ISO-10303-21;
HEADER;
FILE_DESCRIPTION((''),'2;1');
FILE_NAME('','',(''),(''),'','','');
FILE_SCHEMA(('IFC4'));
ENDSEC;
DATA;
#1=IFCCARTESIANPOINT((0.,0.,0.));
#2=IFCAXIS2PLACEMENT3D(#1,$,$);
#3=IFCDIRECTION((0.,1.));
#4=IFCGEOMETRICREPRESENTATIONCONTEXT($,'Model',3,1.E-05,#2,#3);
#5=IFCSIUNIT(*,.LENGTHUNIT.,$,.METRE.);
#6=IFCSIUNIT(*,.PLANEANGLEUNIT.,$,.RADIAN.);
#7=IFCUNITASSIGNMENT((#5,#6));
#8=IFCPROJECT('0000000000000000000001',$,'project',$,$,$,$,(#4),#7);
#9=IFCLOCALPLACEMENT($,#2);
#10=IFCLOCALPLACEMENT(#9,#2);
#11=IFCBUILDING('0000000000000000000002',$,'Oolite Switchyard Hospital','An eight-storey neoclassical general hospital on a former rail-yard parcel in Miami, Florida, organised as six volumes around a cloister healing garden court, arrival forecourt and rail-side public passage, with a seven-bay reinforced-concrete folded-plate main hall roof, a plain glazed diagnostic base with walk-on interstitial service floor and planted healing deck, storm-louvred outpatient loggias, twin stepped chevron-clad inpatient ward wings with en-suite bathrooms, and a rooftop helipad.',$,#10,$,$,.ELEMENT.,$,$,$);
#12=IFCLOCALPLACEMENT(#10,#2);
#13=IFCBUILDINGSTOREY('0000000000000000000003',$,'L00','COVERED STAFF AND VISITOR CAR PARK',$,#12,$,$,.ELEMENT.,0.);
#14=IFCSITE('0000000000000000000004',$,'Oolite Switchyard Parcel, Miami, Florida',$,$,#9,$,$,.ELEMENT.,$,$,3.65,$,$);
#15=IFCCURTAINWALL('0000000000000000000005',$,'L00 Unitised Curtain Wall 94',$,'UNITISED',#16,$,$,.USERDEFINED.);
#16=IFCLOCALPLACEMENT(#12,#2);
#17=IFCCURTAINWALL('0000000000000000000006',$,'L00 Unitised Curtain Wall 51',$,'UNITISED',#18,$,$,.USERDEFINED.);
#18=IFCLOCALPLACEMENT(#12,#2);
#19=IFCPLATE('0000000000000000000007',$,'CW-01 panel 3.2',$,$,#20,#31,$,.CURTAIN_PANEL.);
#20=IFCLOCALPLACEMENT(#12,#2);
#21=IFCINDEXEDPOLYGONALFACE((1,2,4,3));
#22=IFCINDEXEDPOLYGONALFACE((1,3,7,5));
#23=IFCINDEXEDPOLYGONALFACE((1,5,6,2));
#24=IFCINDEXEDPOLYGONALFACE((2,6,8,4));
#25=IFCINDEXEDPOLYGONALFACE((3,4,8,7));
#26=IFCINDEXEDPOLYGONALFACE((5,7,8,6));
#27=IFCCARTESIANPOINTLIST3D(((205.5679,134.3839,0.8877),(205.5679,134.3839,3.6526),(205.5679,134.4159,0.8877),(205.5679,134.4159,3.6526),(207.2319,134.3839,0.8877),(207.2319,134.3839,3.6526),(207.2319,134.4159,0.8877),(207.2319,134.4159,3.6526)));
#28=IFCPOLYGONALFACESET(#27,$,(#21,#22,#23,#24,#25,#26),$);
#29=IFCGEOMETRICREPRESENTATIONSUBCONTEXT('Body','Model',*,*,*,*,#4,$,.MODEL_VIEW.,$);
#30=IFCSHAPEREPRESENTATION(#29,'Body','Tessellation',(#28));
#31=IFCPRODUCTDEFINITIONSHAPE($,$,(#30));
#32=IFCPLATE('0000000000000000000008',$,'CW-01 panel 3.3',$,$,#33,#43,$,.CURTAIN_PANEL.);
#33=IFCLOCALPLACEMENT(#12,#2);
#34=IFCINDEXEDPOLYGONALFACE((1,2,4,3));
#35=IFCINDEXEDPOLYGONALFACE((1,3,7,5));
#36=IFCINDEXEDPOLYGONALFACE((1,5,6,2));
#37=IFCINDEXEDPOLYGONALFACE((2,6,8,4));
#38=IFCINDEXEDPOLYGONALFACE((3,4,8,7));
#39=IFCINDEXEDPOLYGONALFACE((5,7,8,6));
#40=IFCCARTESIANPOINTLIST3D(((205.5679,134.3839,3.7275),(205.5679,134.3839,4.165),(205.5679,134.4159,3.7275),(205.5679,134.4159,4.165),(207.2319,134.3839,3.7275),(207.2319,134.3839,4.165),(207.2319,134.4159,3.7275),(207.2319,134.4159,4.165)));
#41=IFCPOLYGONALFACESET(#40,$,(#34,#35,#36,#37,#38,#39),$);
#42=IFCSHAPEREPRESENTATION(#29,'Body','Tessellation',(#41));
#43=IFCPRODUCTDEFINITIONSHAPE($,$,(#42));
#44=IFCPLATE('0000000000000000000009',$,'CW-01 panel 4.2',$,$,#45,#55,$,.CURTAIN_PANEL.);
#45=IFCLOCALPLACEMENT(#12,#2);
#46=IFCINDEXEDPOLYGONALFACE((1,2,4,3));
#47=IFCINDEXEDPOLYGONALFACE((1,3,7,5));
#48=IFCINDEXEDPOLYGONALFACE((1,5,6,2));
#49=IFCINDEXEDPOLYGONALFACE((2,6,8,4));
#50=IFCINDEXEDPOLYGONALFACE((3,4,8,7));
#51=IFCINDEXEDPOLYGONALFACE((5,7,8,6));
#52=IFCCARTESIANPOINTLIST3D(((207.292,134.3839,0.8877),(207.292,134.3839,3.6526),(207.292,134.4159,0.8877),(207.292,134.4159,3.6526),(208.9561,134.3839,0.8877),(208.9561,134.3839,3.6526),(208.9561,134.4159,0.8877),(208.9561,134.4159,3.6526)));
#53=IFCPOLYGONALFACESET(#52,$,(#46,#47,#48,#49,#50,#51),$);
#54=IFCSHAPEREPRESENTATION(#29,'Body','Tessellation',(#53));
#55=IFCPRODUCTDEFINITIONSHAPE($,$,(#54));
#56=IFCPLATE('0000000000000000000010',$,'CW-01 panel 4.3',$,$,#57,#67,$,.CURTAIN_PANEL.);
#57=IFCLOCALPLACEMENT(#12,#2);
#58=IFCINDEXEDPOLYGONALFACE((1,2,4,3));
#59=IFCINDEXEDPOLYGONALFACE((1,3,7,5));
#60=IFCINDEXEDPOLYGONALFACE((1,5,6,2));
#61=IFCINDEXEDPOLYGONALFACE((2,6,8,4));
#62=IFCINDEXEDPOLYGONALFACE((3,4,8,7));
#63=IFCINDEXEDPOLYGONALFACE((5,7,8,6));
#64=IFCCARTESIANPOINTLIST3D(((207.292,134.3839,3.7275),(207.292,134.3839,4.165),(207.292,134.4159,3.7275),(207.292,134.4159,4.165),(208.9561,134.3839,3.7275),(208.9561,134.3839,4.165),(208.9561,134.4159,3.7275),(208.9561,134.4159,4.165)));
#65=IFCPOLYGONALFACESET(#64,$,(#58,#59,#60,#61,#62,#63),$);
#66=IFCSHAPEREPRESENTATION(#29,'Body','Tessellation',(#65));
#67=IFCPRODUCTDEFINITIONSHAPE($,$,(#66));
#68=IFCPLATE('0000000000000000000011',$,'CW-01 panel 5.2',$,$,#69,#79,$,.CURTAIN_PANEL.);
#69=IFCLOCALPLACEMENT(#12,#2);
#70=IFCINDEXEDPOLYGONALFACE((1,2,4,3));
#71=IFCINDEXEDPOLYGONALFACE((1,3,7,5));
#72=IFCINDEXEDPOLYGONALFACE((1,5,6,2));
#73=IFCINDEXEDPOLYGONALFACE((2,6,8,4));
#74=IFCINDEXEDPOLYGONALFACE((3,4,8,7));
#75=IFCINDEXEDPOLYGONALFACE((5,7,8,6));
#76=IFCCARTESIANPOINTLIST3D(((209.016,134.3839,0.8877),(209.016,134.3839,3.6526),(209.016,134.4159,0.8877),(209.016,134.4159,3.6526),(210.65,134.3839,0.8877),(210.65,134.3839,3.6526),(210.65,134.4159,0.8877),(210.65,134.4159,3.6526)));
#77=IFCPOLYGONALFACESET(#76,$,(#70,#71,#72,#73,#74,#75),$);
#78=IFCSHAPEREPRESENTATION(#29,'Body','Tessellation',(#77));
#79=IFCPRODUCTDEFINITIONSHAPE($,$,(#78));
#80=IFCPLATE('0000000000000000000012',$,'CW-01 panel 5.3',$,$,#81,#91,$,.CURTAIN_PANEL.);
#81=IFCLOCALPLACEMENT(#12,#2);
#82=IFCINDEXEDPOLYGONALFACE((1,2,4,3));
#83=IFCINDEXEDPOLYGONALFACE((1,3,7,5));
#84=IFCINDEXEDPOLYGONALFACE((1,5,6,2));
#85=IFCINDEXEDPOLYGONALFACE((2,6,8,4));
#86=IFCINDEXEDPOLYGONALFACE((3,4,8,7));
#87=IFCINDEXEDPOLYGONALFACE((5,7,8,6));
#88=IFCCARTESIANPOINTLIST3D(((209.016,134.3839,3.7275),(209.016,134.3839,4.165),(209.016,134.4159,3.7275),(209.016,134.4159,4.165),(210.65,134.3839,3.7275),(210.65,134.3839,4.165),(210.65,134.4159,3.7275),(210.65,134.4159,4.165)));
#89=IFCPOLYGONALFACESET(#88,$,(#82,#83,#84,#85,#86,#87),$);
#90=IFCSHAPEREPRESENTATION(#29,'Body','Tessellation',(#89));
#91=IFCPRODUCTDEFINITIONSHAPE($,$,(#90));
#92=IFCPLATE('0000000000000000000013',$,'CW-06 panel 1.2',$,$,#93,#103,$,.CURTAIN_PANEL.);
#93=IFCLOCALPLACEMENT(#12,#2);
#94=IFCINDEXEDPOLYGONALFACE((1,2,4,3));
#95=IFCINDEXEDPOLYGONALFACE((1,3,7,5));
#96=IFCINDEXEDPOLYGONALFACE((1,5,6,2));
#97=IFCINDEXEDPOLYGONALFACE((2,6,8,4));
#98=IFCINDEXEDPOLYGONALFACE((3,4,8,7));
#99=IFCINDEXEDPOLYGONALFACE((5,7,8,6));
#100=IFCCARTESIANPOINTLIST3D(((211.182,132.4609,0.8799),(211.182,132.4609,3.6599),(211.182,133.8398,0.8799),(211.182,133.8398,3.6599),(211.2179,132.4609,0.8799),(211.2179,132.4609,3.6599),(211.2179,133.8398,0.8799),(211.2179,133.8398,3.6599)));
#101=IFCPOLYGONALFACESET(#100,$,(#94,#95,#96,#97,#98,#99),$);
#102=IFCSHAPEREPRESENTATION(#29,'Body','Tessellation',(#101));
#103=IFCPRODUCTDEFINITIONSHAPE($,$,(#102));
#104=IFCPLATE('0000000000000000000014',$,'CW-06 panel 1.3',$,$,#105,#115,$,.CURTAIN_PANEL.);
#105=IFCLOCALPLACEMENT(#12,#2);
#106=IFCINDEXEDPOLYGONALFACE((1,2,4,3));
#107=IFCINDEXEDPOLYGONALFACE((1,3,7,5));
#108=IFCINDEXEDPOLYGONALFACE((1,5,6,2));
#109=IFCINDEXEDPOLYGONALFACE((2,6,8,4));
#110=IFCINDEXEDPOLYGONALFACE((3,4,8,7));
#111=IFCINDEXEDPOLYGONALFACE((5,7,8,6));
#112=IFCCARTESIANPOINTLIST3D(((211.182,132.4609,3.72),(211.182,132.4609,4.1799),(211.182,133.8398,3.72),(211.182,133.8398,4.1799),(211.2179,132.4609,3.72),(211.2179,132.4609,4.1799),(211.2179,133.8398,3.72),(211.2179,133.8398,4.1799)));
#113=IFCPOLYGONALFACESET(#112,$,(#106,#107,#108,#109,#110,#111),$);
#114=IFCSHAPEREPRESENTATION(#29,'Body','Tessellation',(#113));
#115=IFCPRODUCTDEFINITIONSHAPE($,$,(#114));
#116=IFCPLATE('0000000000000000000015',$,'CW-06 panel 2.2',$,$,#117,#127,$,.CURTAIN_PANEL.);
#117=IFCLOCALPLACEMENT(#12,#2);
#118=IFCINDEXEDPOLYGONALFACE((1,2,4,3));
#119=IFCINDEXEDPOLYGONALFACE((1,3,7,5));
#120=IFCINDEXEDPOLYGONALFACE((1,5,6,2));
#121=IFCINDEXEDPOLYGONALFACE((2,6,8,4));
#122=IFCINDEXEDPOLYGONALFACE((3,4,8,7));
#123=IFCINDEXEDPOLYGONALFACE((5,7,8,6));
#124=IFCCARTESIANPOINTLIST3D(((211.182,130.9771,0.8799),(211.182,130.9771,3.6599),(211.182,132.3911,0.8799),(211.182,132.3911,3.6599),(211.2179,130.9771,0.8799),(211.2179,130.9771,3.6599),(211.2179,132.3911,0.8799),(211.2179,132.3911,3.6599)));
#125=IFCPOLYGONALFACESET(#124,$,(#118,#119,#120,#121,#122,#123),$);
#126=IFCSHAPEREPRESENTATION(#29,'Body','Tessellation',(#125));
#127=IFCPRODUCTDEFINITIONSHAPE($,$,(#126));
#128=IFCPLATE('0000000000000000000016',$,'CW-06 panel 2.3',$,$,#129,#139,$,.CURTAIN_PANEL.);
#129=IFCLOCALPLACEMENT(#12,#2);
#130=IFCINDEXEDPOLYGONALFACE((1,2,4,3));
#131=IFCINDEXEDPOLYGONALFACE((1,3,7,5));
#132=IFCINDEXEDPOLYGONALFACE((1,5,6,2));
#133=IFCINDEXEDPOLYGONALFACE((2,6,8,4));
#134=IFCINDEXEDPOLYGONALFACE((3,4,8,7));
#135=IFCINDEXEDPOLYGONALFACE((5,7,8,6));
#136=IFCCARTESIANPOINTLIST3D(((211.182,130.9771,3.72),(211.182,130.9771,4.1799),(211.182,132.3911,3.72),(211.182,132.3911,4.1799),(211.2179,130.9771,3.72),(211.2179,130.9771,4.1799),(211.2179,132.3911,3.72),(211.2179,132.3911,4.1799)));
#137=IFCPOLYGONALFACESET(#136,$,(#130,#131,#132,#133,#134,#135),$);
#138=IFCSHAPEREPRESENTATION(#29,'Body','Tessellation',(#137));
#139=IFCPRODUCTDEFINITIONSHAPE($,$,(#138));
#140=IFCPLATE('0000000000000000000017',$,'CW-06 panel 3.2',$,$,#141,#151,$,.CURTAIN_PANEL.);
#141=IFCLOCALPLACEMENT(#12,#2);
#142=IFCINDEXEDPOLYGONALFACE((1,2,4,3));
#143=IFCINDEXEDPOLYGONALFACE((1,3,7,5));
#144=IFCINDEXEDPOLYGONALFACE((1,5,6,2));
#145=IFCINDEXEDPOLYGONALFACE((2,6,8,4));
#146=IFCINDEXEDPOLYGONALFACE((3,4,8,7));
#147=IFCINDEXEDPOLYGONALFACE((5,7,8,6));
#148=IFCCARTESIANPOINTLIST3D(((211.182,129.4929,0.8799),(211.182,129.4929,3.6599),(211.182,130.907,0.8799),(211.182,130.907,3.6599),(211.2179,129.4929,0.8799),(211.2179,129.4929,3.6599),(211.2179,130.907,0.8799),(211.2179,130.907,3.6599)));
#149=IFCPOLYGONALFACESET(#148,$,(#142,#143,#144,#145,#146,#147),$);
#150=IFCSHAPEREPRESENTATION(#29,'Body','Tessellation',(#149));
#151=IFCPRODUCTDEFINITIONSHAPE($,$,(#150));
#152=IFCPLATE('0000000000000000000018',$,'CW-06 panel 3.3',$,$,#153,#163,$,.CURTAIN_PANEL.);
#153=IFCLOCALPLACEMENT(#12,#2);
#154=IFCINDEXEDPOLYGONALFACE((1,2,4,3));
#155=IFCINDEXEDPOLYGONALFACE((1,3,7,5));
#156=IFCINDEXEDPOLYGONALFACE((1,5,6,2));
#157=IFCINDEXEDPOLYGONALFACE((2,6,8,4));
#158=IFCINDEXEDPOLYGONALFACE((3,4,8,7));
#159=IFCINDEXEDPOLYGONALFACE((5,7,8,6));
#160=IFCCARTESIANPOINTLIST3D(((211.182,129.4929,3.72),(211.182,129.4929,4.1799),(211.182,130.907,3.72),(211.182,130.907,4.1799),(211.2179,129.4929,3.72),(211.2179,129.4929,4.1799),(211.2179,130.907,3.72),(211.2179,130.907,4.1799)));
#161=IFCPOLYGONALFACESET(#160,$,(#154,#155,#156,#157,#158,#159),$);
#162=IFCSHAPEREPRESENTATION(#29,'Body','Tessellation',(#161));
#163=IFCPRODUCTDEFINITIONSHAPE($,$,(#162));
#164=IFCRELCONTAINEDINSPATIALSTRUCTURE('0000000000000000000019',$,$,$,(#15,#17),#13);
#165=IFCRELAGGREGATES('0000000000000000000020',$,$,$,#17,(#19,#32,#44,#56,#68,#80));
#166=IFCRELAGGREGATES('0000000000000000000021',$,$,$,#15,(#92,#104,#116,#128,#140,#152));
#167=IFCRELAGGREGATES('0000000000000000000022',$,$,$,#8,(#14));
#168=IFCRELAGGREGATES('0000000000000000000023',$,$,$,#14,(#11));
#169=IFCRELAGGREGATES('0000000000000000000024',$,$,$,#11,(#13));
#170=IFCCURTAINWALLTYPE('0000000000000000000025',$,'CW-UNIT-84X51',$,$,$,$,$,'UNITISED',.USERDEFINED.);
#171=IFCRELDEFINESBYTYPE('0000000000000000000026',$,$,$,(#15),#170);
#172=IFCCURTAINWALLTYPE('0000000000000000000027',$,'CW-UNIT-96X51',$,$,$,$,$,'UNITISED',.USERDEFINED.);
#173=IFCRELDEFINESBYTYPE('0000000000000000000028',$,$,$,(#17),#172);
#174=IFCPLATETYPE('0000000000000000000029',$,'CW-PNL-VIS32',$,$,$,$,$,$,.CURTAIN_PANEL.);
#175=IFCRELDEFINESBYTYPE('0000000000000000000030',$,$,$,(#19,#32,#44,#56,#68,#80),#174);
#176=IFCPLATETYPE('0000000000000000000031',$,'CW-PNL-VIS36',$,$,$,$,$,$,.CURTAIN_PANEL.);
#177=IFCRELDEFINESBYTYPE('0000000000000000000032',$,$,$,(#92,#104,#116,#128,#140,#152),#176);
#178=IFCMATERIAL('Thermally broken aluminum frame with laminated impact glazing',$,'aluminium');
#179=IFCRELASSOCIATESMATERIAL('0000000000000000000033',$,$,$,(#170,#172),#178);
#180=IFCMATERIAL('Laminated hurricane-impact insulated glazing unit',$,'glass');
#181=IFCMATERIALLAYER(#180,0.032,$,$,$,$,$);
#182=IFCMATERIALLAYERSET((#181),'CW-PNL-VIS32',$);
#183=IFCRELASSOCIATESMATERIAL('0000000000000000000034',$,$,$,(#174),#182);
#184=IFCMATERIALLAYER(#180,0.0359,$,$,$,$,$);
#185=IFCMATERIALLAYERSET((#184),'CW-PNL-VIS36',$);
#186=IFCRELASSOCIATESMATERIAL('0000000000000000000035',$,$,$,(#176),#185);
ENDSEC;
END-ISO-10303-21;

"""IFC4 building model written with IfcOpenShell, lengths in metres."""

from ifc_helpers import new_model, si_unit, direction, frame, origin, origin_2d, place, context, subcontext, project, spatial, rectangle, extrude, material, layer, layer_set, type_object, element, aggregate, save


model = new_model("IFC4")

# Units and contexts
model_context = context("Model", 3, precision=1e-05, world=origin(), true_north=direction((0.0, 1.0)))
body_context = subcontext(model_context, "Body", "Model", "MODEL_VIEW")
ifc_project = project(units=[si_unit("LENGTHUNIT", "METRE"), si_unit("PLANEANGLEUNIT", "RADIAN")], contexts=[model_context])

# Site, building, storey
site_placement = place(None, origin())
site = spatial("IfcSite", under=ifc_project, at=site_placement, Name="Oolite Switchyard Parcel, Miami, Florida", CompositionType="ELEMENT", RefElevation=3.65)
building_placement = place(site_placement, origin())
building = spatial("IfcBuilding", under=site, at=building_placement, Name="Oolite Switchyard Hospital", Description="An eight-storey neoclassical general hospital on a former rail-yard parcel in Miami, Florida, organised as six volumes around a cloister healing garden court, arrival forecourt and rail-side public passage, with a seven-bay reinforced-concrete folded-plate main hall roof, a plain glazed diagnostic base with walk-on interstitial service floor and planted healing deck, storm-louvred outpatient loggias, twin stepped chevron-clad inpatient ward wings with en-suite bathrooms, and a rooftop helipad.", CompositionType="ELEMENT")
storey_placement = place(building_placement, origin())
storey = spatial("IfcBuildingStorey", under=building, at=storey_placement, Name="L00", Description="COVERED STAFF AND VISITOR CAR PARK", CompositionType="ELEMENT", Elevation=0.0)

# Curtain wall
ifc_material_1 = material(Name="Thermally broken aluminum frame with laminated impact glazing", Category="aluminium")
curtain_wall_type_1 = type_object("IfcCurtainWallType", Name="CW-UNIT-84X51", ElementType="UNITISED", PredefinedType="USERDEFINED", material=ifc_material_1)
curtain_wall_1_placement = place(storey_placement, origin())
curtain_wall_1 = element("IfcCurtainWall", 1, at=curtain_wall_1_placement, inside=storey, type_object=curtain_wall_type_1, Name="L00 Unitised Curtain Wall 94", ObjectType="UNITISED", PredefinedType="USERDEFINED")

# Curtain wall, plates
curtain_wall_type_2 = type_object("IfcCurtainWallType", Name="CW-UNIT-96X51", ElementType="UNITISED", PredefinedType="USERDEFINED", material=ifc_material_1)
curtain_wall_2_placement = place(storey_placement, origin())
curtain_wall_2 = element("IfcCurtainWall", 2, at=curtain_wall_2_placement, inside=storey, type_object=curtain_wall_type_2, Name="L00 Unitised Curtain Wall 51", ObjectType="UNITISED", PredefinedType="USERDEFINED")
ifc_material_2 = material(Name="Laminated hurricane-impact insulated glazing unit", Category="glass")
ifc_layer_1 = layer(ifc_material_2, 0.032)
ifc_layer_set_1 = layer_set([ifc_layer_1], Name="CW-PNL-VIS32")
plate_type_1 = type_object("IfcPlateType", Name="CW-PNL-VIS32", PredefinedType="CURTAIN_PANEL", material=ifc_layer_set_1)
plate_1_placement = place(storey_placement, frame((206.3999, 134.3999, 0.8877), z_axis=(0.0, 0.0, 1.0), x_axis=(1.0, 0.0, 0.0)))
plate_1 = element("IfcPlate", 3, at=plate_1_placement, type_object=plate_type_1, Name="CW-01 panel 3.2", PredefinedType="CURTAIN_PANEL", context=body_context, shape_type="SweptSolid", body=[
    extrude(rectangle(XDim=1.6641, YDim=0.032, at=origin_2d()), origin(), (0.0, 0.0, 1.0), 2.7649),
])
plate_2_placement = place(storey_placement, frame((206.3999, 134.3999, 3.7275), z_axis=(0.0, 0.0, 1.0), x_axis=(1.0, 0.0, 0.0)))
plate_2 = element("IfcPlate", 4, at=plate_2_placement, type_object=plate_type_1, Name="CW-01 panel 3.3", PredefinedType="CURTAIN_PANEL", context=body_context, shape_type="SweptSolid", body=[
    extrude(rectangle(XDim=1.6641, YDim=0.032, at=origin_2d()), origin(), (0.0, 0.0, 1.0), 0.4375),
])
plate_3_placement = place(storey_placement, frame((208.124, 134.3999, 0.8877), z_axis=(0.0, 0.0, 1.0), x_axis=(1.0, 0.0, 0.0)))
plate_3 = element("IfcPlate", 5, at=plate_3_placement, type_object=plate_type_1, Name="CW-01 panel 4.2", PredefinedType="CURTAIN_PANEL", context=body_context, shape_type="SweptSolid", body=[
    extrude(rectangle(XDim=1.6641, YDim=0.032, at=origin_2d()), origin(), (0.0, 0.0, 1.0), 2.7649),
])
plate_4_placement = place(storey_placement, frame((208.124, 134.3999, 3.7275), z_axis=(0.0, 0.0, 1.0), x_axis=(1.0, 0.0, 0.0)))
plate_4 = element("IfcPlate", 6, at=plate_4_placement, type_object=plate_type_1, Name="CW-01 panel 4.3", PredefinedType="CURTAIN_PANEL", context=body_context, shape_type="SweptSolid", body=[
    extrude(rectangle(XDim=1.6641, YDim=0.032, at=origin_2d()), origin(), (0.0, 0.0, 1.0), 0.4375),
])
plate_5_placement = place(storey_placement, frame((209.833, 134.3999, 0.8877), z_axis=(0.0, 0.0, 1.0), x_axis=(1.0, 0.0, 0.0)))
plate_5 = element("IfcPlate", 7, at=plate_5_placement, type_object=plate_type_1, Name="CW-01 panel 5.2", PredefinedType="CURTAIN_PANEL", context=body_context, shape_type="SweptSolid", body=[
    extrude(rectangle(XDim=1.634, YDim=0.032, at=origin_2d()), origin(), (0.0, 0.0, 1.0), 2.7649),
])
plate_6_placement = place(storey_placement, frame((209.833, 134.3999, 3.7275), z_axis=(0.0, 0.0, 1.0), x_axis=(1.0, 0.0, 0.0)))
plate_6 = element("IfcPlate", 8, at=plate_6_placement, type_object=plate_type_1, Name="CW-01 panel 5.3", PredefinedType="CURTAIN_PANEL", context=body_context, shape_type="SweptSolid", body=[
    extrude(rectangle(XDim=1.634, YDim=0.032, at=origin_2d()), origin(), (0.0, 0.0, 1.0), 0.4375),
])
aggregate(curtain_wall_2, [plate_1, plate_2, plate_3, plate_4, plate_5, plate_6])

# Plates
ifc_layer_2 = layer(ifc_material_2, 0.0359)
ifc_layer_set_2 = layer_set([ifc_layer_2], Name="CW-PNL-VIS36")
plate_type_2 = type_object("IfcPlateType", Name="CW-PNL-VIS36", PredefinedType="CURTAIN_PANEL", material=ifc_layer_set_2)
plate_7_placement = place(storey_placement, frame((211.2, 133.1504, 0.8799), z_axis=(0.0, 0.0, 1.0), x_axis=(0.0, -1.0, 0.0)))
plate_7 = element("IfcPlate", 9, at=plate_7_placement, type_object=plate_type_2, Name="CW-06 panel 1.2", PredefinedType="CURTAIN_PANEL", context=body_context, shape_type="SweptSolid", body=[
    extrude(rectangle(XDim=1.3789, YDim=0.0359, at=origin_2d()), origin(), (0.0, 0.0, 1.0), 2.78),
])
plate_8_placement = place(storey_placement, frame((211.2, 133.1504, 3.72), z_axis=(0.0, 0.0, 1.0), x_axis=(0.0, -1.0, 0.0)))
plate_8 = element("IfcPlate", 10, at=plate_8_placement, type_object=plate_type_2, Name="CW-06 panel 1.3", PredefinedType="CURTAIN_PANEL", context=body_context, shape_type="SweptSolid", body=[
    extrude(rectangle(XDim=1.3789, YDim=0.0359, at=origin_2d()), origin(), (0.0, 0.0, 1.0), 0.46),
])
plate_9_placement = place(storey_placement, frame((211.2, 131.6841, 0.8799), z_axis=(0.0, 0.0, 1.0), x_axis=(0.0, -1.0, 0.0)))
plate_9 = element("IfcPlate", 11, at=plate_9_placement, type_object=plate_type_2, Name="CW-06 panel 2.2", PredefinedType="CURTAIN_PANEL", context=body_context, shape_type="SweptSolid", body=[
    extrude(rectangle(XDim=1.4141, YDim=0.0359, at=origin_2d()), origin(), (0.0, 0.0, 1.0), 2.78),
])
plate_10_placement = place(storey_placement, frame((211.2, 131.6841, 3.72), z_axis=(0.0, 0.0, 1.0), x_axis=(0.0, -1.0, 0.0)))
plate_10 = element("IfcPlate", 12, at=plate_10_placement, type_object=plate_type_2, Name="CW-06 panel 2.3", PredefinedType="CURTAIN_PANEL", context=body_context, shape_type="SweptSolid", body=[
    extrude(rectangle(XDim=1.4141, YDim=0.0359, at=origin_2d()), origin(), (0.0, 0.0, 1.0), 0.46),
])
plate_11_placement = place(storey_placement, frame((211.2, 130.2, 0.8799), z_axis=(0.0, 0.0, 1.0), x_axis=(0.0, -1.0, 0.0)))
plate_11 = element("IfcPlate", 13, at=plate_11_placement, type_object=plate_type_2, Name="CW-06 panel 3.2", PredefinedType="CURTAIN_PANEL", context=body_context, shape_type="SweptSolid", body=[
    extrude(rectangle(XDim=1.4141, YDim=0.0359, at=origin_2d()), origin(), (0.0, 0.0, 1.0), 2.78),
])
plate_12_placement = place(storey_placement, frame((211.2, 130.2, 3.72), z_axis=(0.0, 0.0, 1.0), x_axis=(0.0, -1.0, 0.0)))
plate_12 = element("IfcPlate", 14, at=plate_12_placement, type_object=plate_type_2, Name="CW-06 panel 3.3", PredefinedType="CURTAIN_PANEL", context=body_context, shape_type="SweptSolid", body=[
    extrude(rectangle(XDim=1.4141, YDim=0.0359, at=origin_2d()), origin(), (0.0, 0.0, 1.0), 0.46),
])
aggregate(curtain_wall_1, [plate_7, plate_8, plate_9, plate_10, plate_11, plate_12])

save(model, "model.ifc")
